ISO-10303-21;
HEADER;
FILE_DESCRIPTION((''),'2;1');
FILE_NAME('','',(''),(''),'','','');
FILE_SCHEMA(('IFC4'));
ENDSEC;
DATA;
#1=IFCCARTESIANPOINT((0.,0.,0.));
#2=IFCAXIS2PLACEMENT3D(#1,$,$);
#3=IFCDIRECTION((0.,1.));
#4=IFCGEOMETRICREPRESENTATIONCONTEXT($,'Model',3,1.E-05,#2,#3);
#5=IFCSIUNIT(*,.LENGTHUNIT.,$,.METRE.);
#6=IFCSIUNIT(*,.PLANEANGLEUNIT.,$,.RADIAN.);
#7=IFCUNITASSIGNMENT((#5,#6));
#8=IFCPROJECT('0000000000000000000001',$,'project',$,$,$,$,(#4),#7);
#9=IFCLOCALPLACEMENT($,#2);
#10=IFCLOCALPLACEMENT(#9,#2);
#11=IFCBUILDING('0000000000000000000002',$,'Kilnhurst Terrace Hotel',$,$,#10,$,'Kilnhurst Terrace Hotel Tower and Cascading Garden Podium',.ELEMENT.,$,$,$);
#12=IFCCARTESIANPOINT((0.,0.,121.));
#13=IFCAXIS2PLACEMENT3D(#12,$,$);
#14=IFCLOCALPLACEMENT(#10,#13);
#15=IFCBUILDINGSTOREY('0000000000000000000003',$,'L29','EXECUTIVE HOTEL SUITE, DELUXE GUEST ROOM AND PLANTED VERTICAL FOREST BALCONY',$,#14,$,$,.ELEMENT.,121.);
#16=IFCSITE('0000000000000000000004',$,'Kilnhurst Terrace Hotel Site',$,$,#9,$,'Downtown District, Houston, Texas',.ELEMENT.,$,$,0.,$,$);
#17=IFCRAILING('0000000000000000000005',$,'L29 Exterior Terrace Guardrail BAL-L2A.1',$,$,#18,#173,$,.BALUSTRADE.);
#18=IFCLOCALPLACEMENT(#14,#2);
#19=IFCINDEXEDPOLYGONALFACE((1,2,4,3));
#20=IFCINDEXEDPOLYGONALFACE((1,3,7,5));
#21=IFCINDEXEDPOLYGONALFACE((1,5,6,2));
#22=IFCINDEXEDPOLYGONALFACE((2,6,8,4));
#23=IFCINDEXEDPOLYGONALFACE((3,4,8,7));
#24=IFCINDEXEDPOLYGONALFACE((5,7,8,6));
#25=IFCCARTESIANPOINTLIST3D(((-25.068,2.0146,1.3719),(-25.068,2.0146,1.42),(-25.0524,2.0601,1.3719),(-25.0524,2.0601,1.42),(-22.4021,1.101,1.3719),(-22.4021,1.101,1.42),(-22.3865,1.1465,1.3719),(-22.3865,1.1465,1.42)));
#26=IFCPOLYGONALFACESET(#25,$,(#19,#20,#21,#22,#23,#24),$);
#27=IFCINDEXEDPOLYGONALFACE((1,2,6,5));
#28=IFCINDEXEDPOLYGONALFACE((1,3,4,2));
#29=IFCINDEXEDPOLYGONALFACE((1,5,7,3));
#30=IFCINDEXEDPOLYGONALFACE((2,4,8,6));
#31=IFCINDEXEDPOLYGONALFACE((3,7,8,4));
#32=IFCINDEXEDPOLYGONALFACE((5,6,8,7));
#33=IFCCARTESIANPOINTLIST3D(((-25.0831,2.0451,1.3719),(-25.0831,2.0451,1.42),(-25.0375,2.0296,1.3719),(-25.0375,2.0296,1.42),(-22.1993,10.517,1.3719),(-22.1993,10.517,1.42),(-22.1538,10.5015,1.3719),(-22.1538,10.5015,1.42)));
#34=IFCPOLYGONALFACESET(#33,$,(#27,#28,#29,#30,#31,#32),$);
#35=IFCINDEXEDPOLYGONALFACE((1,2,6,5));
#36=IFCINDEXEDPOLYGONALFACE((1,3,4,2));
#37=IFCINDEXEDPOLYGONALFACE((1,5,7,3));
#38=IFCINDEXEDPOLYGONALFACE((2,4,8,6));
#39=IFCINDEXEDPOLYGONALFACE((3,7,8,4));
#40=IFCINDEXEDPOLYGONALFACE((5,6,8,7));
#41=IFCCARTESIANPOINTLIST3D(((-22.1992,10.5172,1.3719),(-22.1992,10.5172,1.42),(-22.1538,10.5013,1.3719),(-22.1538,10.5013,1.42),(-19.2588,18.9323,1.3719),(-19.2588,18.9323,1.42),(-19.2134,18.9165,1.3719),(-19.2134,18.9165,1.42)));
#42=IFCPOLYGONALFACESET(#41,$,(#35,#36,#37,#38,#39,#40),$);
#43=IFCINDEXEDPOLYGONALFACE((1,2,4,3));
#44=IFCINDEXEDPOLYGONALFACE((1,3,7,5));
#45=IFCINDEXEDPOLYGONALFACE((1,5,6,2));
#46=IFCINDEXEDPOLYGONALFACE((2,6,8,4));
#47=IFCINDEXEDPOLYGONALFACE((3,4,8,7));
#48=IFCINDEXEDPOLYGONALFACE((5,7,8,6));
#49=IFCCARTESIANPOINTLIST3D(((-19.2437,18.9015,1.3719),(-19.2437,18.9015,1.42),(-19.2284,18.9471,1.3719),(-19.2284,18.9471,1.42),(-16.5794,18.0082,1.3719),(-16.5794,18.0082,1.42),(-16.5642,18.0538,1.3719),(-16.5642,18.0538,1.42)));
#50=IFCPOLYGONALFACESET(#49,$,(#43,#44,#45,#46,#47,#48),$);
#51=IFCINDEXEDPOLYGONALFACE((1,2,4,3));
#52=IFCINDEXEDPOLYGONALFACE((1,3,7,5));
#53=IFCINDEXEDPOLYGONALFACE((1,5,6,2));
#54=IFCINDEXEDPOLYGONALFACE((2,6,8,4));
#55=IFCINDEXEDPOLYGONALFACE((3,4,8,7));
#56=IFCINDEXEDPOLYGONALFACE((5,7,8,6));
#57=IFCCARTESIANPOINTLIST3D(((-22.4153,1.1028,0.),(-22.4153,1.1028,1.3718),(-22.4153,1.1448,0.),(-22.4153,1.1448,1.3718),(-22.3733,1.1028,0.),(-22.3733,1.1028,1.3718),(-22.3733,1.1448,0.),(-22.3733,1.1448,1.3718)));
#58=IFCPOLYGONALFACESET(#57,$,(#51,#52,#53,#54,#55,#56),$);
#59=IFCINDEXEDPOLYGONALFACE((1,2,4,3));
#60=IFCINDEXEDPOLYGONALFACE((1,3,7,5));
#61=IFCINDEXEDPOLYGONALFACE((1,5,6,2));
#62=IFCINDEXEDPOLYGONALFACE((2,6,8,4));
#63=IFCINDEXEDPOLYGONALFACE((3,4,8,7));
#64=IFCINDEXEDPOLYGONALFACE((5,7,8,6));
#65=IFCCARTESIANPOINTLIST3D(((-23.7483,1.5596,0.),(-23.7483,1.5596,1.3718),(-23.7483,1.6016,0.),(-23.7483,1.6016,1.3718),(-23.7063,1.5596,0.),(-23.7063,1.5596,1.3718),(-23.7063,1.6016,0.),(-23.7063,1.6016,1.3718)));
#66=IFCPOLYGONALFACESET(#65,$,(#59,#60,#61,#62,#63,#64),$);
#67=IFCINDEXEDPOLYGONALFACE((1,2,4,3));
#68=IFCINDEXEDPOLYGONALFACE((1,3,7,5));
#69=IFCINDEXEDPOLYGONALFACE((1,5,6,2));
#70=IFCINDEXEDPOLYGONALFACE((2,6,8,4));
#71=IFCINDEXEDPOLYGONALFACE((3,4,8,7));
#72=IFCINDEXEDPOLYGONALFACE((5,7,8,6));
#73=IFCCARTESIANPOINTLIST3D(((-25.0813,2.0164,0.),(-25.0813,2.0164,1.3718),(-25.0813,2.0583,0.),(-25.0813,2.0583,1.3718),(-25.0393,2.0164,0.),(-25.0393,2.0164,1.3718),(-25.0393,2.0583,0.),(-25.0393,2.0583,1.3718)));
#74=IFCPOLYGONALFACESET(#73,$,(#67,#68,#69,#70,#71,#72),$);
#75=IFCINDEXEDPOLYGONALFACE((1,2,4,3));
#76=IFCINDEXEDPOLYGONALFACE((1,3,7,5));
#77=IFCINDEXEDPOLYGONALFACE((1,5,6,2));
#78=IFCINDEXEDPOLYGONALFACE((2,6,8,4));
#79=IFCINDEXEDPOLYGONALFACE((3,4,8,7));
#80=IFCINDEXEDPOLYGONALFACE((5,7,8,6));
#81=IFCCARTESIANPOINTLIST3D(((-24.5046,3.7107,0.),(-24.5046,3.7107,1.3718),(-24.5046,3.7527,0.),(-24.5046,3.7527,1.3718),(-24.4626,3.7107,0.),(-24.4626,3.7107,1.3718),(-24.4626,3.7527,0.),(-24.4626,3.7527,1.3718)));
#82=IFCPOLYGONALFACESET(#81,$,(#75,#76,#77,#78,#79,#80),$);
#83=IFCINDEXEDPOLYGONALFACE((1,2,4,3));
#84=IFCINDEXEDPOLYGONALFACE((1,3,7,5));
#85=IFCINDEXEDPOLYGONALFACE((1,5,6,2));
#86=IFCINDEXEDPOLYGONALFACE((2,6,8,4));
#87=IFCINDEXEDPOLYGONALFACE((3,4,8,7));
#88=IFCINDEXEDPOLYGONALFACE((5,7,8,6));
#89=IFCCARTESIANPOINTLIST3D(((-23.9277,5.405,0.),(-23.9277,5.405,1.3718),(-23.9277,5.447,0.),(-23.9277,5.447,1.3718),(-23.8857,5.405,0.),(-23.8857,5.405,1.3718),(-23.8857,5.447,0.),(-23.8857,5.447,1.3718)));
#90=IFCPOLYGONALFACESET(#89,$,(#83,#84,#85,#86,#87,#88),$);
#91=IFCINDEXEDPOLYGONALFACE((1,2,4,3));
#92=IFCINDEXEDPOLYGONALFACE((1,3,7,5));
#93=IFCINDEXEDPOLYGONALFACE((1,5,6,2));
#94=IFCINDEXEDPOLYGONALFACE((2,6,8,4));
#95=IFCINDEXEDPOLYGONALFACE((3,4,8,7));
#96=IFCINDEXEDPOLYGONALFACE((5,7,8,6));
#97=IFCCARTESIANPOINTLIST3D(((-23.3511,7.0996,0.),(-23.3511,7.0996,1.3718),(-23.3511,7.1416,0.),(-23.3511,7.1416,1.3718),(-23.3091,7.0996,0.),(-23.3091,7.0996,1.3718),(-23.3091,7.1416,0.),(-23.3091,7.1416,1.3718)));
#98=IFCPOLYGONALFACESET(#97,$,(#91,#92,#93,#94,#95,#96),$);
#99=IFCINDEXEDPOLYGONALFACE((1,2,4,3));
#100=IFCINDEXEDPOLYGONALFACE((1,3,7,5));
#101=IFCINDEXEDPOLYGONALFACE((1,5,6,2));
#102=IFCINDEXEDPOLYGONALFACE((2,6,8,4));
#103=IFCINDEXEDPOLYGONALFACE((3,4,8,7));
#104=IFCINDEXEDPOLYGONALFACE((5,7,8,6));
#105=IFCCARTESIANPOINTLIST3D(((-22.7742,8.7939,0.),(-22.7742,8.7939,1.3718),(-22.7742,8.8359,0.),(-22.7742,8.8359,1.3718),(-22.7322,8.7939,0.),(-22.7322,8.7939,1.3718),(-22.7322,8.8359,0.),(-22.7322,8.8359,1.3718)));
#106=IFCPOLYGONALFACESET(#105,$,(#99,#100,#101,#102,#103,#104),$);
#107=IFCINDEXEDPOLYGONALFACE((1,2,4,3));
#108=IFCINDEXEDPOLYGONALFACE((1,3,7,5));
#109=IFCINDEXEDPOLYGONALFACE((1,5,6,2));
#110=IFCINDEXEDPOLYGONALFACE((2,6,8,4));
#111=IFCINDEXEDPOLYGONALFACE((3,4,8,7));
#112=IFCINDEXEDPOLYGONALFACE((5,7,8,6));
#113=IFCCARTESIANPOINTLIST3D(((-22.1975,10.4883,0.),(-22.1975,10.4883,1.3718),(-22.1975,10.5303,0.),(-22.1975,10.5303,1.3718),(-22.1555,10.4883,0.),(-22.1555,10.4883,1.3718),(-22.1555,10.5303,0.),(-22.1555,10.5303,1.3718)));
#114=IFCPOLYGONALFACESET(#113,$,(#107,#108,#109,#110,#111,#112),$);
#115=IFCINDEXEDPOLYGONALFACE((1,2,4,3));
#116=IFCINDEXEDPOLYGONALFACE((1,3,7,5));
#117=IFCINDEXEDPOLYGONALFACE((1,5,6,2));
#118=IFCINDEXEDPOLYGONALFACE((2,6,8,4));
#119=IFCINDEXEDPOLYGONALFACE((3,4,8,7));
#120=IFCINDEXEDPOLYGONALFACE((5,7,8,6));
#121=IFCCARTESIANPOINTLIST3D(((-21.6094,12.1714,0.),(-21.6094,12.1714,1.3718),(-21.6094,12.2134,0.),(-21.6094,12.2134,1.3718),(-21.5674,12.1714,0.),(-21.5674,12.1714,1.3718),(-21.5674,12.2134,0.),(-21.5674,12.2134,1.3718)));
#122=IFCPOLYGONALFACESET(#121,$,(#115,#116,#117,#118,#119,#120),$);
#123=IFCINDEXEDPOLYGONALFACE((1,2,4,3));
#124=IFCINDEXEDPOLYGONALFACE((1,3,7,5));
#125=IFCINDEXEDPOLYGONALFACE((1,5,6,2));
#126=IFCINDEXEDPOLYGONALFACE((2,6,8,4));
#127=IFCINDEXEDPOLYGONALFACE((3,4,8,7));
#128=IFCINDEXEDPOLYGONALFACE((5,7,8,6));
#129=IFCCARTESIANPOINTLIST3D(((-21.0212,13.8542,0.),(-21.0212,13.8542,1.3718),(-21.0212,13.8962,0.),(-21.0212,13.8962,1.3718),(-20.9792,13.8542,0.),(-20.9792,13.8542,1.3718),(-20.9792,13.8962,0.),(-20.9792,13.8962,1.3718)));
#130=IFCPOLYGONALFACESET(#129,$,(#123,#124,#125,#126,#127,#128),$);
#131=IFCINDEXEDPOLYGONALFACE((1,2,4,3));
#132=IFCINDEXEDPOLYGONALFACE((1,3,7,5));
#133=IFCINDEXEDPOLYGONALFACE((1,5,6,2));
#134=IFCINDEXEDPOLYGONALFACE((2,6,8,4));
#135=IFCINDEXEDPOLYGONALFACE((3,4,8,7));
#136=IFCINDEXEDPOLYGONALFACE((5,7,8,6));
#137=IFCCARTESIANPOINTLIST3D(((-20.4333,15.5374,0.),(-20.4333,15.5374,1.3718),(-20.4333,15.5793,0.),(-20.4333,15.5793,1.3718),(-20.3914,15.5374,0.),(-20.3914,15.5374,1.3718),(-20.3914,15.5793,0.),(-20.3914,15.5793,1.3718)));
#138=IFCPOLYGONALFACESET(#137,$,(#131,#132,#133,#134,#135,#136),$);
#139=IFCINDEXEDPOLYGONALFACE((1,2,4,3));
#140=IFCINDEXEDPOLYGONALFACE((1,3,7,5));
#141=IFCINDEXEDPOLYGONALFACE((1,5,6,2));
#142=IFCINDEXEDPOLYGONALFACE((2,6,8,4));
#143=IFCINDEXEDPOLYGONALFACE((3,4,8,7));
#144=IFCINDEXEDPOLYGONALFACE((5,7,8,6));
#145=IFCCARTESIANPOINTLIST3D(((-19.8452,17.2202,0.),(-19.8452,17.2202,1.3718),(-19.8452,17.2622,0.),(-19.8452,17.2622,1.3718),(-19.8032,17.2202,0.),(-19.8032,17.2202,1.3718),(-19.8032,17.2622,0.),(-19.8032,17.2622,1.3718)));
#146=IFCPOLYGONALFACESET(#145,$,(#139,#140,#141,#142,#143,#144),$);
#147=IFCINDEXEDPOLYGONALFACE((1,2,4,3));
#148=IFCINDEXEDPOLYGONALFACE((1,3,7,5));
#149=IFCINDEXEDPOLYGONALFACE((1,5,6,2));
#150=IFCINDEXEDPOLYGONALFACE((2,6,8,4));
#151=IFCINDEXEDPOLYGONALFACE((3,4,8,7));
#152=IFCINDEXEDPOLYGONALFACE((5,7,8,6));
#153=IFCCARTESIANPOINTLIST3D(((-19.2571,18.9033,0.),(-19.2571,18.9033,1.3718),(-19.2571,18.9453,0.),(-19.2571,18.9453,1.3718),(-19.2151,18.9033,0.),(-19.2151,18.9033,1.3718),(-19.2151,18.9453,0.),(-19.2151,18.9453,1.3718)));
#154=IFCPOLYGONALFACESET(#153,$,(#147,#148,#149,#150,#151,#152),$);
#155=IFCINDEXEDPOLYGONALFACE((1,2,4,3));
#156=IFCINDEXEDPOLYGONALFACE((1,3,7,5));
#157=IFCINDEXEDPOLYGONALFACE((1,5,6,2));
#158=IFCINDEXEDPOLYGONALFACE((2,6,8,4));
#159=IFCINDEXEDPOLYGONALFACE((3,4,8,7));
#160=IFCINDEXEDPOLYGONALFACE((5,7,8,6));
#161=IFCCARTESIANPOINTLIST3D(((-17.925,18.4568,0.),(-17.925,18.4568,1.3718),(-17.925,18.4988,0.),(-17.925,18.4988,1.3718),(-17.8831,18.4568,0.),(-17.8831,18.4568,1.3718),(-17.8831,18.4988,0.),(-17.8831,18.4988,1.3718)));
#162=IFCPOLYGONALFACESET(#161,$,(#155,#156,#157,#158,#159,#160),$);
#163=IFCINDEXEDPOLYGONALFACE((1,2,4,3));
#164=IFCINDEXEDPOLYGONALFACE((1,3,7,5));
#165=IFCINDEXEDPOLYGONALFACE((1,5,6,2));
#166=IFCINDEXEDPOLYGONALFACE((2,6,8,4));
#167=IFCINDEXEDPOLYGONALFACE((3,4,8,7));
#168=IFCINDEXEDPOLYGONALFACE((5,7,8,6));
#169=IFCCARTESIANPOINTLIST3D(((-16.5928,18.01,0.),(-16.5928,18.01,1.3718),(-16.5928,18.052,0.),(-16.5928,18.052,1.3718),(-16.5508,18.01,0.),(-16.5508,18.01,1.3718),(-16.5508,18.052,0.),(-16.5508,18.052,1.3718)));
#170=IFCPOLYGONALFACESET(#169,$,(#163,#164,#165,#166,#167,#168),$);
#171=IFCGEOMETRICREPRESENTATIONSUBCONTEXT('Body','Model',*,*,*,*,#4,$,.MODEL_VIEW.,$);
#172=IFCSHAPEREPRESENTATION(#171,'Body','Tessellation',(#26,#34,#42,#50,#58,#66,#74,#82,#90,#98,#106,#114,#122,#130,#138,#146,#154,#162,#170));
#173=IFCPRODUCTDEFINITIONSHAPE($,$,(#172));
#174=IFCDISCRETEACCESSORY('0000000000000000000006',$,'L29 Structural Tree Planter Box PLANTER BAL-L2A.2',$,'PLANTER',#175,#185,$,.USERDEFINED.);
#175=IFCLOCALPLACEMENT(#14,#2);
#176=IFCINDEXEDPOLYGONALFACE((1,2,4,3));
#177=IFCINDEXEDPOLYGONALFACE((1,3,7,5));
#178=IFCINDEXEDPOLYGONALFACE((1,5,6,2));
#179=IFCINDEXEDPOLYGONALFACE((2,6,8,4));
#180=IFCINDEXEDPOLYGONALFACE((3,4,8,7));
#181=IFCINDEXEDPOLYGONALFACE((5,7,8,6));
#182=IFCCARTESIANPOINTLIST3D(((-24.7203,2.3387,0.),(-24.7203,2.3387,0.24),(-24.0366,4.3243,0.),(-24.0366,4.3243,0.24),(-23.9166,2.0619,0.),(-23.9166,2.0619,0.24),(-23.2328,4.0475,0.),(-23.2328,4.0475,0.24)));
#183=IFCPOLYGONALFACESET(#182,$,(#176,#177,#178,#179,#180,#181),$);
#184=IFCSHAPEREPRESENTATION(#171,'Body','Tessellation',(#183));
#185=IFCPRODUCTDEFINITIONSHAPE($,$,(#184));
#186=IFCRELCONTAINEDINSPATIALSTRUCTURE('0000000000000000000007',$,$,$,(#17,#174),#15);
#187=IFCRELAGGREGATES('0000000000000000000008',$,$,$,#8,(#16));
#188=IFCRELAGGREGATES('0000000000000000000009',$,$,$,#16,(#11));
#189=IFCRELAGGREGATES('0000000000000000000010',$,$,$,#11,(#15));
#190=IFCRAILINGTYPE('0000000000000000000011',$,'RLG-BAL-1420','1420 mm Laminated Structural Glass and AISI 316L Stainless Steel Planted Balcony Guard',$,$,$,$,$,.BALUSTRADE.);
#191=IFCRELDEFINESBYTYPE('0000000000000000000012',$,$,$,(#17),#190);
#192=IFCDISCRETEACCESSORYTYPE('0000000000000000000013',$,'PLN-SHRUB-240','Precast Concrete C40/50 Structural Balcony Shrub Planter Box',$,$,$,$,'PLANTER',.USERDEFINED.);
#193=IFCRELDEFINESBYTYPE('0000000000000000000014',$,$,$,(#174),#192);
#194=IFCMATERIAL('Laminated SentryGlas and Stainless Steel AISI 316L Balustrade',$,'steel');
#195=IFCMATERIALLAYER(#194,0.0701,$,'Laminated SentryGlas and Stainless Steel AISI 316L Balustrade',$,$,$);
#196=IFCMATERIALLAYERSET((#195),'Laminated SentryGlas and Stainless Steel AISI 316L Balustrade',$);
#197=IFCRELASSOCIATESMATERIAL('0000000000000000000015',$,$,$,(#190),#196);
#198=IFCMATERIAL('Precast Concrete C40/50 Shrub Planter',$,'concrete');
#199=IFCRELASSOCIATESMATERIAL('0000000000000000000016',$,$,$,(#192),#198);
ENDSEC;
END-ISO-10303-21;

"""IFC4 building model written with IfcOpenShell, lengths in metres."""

from ifc_helpers import new_model, si_unit, direction, frame, origin, origin_2d, place, context, subcontext, project, spatial, rectangle, extrude, material, layer, layer_set, type_object, element, save


model = new_model("IFC4")

# Units and contexts
model_context = context("Model", 3, precision=1e-05, world=origin(), true_north=direction((0.0, 1.0)))
body_context = subcontext(model_context, "Body", "Model", "MODEL_VIEW")
ifc_project = project(units=[si_unit("LENGTHUNIT", "METRE"), si_unit("PLANEANGLEUNIT", "RADIAN")], contexts=[model_context])

# Site, building, storey
site_placement = place(None, origin())
site = spatial("IfcSite", under=ifc_project, at=site_placement, Name="Kilnhurst Terrace Hotel Site", LongName="Downtown District, Houston, Texas", CompositionType="ELEMENT", RefElevation=0.0)
building_placement = place(site_placement, origin())
building = spatial("IfcBuilding", under=site, at=building_placement, Name="Kilnhurst Terrace Hotel", LongName="Kilnhurst Terrace Hotel Tower and Cascading Garden Podium", CompositionType="ELEMENT")
storey_placement = place(building_placement, frame((0.0, 0.0, 121.0)))
storey = spatial("IfcBuildingStorey", under=building, at=storey_placement, Name="L29", Description="EXECUTIVE HOTEL SUITE, DELUXE GUEST ROOM AND PLANTED VERTICAL FOREST BALCONY", CompositionType="ELEMENT", Elevation=121.0)

# Railing
ifc_material_1 = material(Name="Laminated SentryGlas and Stainless Steel AISI 316L Balustrade", Category="steel")
ifc_layer_1 = layer(ifc_material_1, 0.0701, Name="Laminated SentryGlas and Stainless Steel AISI 316L Balustrade")
ifc_layer_set_1 = layer_set([ifc_layer_1], Name="Laminated SentryGlas and Stainless Steel AISI 316L Balustrade")
railing_type = type_object("IfcRailingType", Name="RLG-BAL-1420", Description="1420 mm Laminated Structural Glass and AISI 316L Stainless Steel Planted Balcony Guard", PredefinedType="BALUSTRADE", material=ifc_layer_set_1)
railing_placement = place(storey_placement, frame((-22.3943, 1.1238, 0.0)))
element("IfcRailing", 1, at=railing_placement, inside=storey, type_object=railing_type, Name="L29 Exterior Terrace Guardrail BAL-L2A.1", PredefinedType="BALUSTRADE", context=body_context, shape_type="SweptSolid", body=[
    extrude(rectangle(XDim=0.0481, YDim=0.0481, at=origin_2d()), frame((0.0, 0.0, 1.396), z_axis=(-0.945999, 0.324169, 0.0), x_axis=(-0.324169, -0.945999, 0.0)), (0.0, 0.0, 1.0), 2.8181),
    extrude(rectangle(XDim=0.0481, YDim=0.0481, at=origin_2d()), frame((-2.666, 0.9136, 1.396), z_axis=(0.322237, 0.946659, 0.0), x_axis=(-0.946659, 0.322237, 0.0)), (0.0, 0.0, 1.0), 8.9492),
    extrude(rectangle(XDim=0.0481, YDim=0.0481, at=origin_2d()), frame((0.2178, 9.3855, 1.396), z_axis=(0.329867, 0.944027, 0.0), x_axis=(-0.944027, 0.329867, 0.0)), (0.0, 0.0, 1.0), 8.9141),
    extrude(rectangle(XDim=0.0481, YDim=0.0481, at=origin_2d()), frame((3.1582, 17.8005, 1.396), z_axis=(0.948126, -0.317895, 0.0), x_axis=(0.317895, 0.948126, 0.0)), (0.0, 0.0, 1.0), 2.8101),
    extrude(rectangle(XDim=0.042, YDim=0.042, at=origin_2d()), origin(), (0.0, 0.0, 1.0), 1.3718),
    extrude(rectangle(XDim=0.042, YDim=0.042, at=origin_2d()), frame((-1.333, 0.4568, 0.0)), (0.0, 0.0, 1.0), 1.3718),
    extrude(rectangle(XDim=0.042, YDim=0.042, at=origin_2d()), frame((-2.666, 0.9136, 0.0)), (0.0, 0.0, 1.0), 1.3718),
    extrude(rectangle(XDim=0.042, YDim=0.042, at=origin_2d()), frame((-2.0894, 2.6079, 0.0)), (0.0, 0.0, 1.0), 1.3718),
    extrude(rectangle(XDim=0.042, YDim=0.042, at=origin_2d()), frame((-1.5125, 4.3022, 0.0)), (0.0, 0.0, 1.0), 1.3718),
    extrude(rectangle(XDim=0.042, YDim=0.042, at=origin_2d()), frame((-0.9358, 5.9968, 0.0)), (0.0, 0.0, 1.0), 1.3718),
    extrude(rectangle(XDim=0.042, YDim=0.042, at=origin_2d()), frame((-0.3589, 7.6912, 0.0)), (0.0, 0.0, 1.0), 1.3718),
    extrude(rectangle(XDim=0.042, YDim=0.042, at=origin_2d()), frame((0.2178, 9.3855, 0.0)), (0.0, 0.0, 1.0), 1.3718),
    extrude(rectangle(XDim=0.042, YDim=0.042, at=origin_2d()), frame((0.8059, 11.0686, 0.0)), (0.0, 0.0, 1.0), 1.3718),
    extrude(rectangle(XDim=0.042, YDim=0.042, at=origin_2d()), frame((1.394, 12.7515, 0.0)), (0.0, 0.0, 1.0), 1.3718),
    extrude(rectangle(XDim=0.042, YDim=0.042, at=origin_2d()), frame((1.9819, 14.4346, 0.0)), (0.0, 0.0, 1.0), 1.3718),
    extrude(rectangle(XDim=0.042, YDim=0.042, at=origin_2d()), frame((2.5701, 16.1174, 0.0)), (0.0, 0.0, 1.0), 1.3718),
    extrude(rectangle(XDim=0.042, YDim=0.042, at=origin_2d()), frame((3.1582, 17.8005, 0.0)), (0.0, 0.0, 1.0), 1.3718),
    extrude(rectangle(XDim=0.042, YDim=0.042, at=origin_2d()), frame((4.4902, 17.354, 0.0)), (0.0, 0.0, 1.0), 1.3718),
    extrude(rectangle(XDim=0.042, YDim=0.042, at=origin_2d()), frame((5.8225, 16.9072, 0.0)), (0.0, 0.0, 1.0), 1.3718),
])

# Discrete accessory
ifc_material_2 = material(Name="Precast Concrete C40/50 Shrub Planter", Category="concrete")
discrete_accessory_type = type_object("IfcDiscreteAccessoryType", Name="PLN-SHRUB-240", Description="Precast Concrete C40/50 Structural Balcony Shrub Planter Box", ElementType="PLANTER", PredefinedType="USERDEFINED", material=ifc_material_2)
discrete_accessory_placement = place(storey_placement, frame((-23.9766, 3.1931, 0.0), z_axis=(0.0, 0.0, 1.0), x_axis=(-0.325601, -0.945507, 0.0)))
element("IfcDiscreteAccessory", 2, at=discrete_accessory_placement, inside=storey, type_object=discrete_accessory_type, Name="L29 Structural Tree Planter Box PLANTER BAL-L2A.2", ObjectType="PLANTER", PredefinedType="USERDEFINED", context=body_context, shape_type="SweptSolid", body=[
    extrude(rectangle(XDim=2.1001, YDim=0.8501, at=origin_2d()), origin(), (0.0, 0.0, 1.0), 0.24),
])

save(model, "model.ifc")
